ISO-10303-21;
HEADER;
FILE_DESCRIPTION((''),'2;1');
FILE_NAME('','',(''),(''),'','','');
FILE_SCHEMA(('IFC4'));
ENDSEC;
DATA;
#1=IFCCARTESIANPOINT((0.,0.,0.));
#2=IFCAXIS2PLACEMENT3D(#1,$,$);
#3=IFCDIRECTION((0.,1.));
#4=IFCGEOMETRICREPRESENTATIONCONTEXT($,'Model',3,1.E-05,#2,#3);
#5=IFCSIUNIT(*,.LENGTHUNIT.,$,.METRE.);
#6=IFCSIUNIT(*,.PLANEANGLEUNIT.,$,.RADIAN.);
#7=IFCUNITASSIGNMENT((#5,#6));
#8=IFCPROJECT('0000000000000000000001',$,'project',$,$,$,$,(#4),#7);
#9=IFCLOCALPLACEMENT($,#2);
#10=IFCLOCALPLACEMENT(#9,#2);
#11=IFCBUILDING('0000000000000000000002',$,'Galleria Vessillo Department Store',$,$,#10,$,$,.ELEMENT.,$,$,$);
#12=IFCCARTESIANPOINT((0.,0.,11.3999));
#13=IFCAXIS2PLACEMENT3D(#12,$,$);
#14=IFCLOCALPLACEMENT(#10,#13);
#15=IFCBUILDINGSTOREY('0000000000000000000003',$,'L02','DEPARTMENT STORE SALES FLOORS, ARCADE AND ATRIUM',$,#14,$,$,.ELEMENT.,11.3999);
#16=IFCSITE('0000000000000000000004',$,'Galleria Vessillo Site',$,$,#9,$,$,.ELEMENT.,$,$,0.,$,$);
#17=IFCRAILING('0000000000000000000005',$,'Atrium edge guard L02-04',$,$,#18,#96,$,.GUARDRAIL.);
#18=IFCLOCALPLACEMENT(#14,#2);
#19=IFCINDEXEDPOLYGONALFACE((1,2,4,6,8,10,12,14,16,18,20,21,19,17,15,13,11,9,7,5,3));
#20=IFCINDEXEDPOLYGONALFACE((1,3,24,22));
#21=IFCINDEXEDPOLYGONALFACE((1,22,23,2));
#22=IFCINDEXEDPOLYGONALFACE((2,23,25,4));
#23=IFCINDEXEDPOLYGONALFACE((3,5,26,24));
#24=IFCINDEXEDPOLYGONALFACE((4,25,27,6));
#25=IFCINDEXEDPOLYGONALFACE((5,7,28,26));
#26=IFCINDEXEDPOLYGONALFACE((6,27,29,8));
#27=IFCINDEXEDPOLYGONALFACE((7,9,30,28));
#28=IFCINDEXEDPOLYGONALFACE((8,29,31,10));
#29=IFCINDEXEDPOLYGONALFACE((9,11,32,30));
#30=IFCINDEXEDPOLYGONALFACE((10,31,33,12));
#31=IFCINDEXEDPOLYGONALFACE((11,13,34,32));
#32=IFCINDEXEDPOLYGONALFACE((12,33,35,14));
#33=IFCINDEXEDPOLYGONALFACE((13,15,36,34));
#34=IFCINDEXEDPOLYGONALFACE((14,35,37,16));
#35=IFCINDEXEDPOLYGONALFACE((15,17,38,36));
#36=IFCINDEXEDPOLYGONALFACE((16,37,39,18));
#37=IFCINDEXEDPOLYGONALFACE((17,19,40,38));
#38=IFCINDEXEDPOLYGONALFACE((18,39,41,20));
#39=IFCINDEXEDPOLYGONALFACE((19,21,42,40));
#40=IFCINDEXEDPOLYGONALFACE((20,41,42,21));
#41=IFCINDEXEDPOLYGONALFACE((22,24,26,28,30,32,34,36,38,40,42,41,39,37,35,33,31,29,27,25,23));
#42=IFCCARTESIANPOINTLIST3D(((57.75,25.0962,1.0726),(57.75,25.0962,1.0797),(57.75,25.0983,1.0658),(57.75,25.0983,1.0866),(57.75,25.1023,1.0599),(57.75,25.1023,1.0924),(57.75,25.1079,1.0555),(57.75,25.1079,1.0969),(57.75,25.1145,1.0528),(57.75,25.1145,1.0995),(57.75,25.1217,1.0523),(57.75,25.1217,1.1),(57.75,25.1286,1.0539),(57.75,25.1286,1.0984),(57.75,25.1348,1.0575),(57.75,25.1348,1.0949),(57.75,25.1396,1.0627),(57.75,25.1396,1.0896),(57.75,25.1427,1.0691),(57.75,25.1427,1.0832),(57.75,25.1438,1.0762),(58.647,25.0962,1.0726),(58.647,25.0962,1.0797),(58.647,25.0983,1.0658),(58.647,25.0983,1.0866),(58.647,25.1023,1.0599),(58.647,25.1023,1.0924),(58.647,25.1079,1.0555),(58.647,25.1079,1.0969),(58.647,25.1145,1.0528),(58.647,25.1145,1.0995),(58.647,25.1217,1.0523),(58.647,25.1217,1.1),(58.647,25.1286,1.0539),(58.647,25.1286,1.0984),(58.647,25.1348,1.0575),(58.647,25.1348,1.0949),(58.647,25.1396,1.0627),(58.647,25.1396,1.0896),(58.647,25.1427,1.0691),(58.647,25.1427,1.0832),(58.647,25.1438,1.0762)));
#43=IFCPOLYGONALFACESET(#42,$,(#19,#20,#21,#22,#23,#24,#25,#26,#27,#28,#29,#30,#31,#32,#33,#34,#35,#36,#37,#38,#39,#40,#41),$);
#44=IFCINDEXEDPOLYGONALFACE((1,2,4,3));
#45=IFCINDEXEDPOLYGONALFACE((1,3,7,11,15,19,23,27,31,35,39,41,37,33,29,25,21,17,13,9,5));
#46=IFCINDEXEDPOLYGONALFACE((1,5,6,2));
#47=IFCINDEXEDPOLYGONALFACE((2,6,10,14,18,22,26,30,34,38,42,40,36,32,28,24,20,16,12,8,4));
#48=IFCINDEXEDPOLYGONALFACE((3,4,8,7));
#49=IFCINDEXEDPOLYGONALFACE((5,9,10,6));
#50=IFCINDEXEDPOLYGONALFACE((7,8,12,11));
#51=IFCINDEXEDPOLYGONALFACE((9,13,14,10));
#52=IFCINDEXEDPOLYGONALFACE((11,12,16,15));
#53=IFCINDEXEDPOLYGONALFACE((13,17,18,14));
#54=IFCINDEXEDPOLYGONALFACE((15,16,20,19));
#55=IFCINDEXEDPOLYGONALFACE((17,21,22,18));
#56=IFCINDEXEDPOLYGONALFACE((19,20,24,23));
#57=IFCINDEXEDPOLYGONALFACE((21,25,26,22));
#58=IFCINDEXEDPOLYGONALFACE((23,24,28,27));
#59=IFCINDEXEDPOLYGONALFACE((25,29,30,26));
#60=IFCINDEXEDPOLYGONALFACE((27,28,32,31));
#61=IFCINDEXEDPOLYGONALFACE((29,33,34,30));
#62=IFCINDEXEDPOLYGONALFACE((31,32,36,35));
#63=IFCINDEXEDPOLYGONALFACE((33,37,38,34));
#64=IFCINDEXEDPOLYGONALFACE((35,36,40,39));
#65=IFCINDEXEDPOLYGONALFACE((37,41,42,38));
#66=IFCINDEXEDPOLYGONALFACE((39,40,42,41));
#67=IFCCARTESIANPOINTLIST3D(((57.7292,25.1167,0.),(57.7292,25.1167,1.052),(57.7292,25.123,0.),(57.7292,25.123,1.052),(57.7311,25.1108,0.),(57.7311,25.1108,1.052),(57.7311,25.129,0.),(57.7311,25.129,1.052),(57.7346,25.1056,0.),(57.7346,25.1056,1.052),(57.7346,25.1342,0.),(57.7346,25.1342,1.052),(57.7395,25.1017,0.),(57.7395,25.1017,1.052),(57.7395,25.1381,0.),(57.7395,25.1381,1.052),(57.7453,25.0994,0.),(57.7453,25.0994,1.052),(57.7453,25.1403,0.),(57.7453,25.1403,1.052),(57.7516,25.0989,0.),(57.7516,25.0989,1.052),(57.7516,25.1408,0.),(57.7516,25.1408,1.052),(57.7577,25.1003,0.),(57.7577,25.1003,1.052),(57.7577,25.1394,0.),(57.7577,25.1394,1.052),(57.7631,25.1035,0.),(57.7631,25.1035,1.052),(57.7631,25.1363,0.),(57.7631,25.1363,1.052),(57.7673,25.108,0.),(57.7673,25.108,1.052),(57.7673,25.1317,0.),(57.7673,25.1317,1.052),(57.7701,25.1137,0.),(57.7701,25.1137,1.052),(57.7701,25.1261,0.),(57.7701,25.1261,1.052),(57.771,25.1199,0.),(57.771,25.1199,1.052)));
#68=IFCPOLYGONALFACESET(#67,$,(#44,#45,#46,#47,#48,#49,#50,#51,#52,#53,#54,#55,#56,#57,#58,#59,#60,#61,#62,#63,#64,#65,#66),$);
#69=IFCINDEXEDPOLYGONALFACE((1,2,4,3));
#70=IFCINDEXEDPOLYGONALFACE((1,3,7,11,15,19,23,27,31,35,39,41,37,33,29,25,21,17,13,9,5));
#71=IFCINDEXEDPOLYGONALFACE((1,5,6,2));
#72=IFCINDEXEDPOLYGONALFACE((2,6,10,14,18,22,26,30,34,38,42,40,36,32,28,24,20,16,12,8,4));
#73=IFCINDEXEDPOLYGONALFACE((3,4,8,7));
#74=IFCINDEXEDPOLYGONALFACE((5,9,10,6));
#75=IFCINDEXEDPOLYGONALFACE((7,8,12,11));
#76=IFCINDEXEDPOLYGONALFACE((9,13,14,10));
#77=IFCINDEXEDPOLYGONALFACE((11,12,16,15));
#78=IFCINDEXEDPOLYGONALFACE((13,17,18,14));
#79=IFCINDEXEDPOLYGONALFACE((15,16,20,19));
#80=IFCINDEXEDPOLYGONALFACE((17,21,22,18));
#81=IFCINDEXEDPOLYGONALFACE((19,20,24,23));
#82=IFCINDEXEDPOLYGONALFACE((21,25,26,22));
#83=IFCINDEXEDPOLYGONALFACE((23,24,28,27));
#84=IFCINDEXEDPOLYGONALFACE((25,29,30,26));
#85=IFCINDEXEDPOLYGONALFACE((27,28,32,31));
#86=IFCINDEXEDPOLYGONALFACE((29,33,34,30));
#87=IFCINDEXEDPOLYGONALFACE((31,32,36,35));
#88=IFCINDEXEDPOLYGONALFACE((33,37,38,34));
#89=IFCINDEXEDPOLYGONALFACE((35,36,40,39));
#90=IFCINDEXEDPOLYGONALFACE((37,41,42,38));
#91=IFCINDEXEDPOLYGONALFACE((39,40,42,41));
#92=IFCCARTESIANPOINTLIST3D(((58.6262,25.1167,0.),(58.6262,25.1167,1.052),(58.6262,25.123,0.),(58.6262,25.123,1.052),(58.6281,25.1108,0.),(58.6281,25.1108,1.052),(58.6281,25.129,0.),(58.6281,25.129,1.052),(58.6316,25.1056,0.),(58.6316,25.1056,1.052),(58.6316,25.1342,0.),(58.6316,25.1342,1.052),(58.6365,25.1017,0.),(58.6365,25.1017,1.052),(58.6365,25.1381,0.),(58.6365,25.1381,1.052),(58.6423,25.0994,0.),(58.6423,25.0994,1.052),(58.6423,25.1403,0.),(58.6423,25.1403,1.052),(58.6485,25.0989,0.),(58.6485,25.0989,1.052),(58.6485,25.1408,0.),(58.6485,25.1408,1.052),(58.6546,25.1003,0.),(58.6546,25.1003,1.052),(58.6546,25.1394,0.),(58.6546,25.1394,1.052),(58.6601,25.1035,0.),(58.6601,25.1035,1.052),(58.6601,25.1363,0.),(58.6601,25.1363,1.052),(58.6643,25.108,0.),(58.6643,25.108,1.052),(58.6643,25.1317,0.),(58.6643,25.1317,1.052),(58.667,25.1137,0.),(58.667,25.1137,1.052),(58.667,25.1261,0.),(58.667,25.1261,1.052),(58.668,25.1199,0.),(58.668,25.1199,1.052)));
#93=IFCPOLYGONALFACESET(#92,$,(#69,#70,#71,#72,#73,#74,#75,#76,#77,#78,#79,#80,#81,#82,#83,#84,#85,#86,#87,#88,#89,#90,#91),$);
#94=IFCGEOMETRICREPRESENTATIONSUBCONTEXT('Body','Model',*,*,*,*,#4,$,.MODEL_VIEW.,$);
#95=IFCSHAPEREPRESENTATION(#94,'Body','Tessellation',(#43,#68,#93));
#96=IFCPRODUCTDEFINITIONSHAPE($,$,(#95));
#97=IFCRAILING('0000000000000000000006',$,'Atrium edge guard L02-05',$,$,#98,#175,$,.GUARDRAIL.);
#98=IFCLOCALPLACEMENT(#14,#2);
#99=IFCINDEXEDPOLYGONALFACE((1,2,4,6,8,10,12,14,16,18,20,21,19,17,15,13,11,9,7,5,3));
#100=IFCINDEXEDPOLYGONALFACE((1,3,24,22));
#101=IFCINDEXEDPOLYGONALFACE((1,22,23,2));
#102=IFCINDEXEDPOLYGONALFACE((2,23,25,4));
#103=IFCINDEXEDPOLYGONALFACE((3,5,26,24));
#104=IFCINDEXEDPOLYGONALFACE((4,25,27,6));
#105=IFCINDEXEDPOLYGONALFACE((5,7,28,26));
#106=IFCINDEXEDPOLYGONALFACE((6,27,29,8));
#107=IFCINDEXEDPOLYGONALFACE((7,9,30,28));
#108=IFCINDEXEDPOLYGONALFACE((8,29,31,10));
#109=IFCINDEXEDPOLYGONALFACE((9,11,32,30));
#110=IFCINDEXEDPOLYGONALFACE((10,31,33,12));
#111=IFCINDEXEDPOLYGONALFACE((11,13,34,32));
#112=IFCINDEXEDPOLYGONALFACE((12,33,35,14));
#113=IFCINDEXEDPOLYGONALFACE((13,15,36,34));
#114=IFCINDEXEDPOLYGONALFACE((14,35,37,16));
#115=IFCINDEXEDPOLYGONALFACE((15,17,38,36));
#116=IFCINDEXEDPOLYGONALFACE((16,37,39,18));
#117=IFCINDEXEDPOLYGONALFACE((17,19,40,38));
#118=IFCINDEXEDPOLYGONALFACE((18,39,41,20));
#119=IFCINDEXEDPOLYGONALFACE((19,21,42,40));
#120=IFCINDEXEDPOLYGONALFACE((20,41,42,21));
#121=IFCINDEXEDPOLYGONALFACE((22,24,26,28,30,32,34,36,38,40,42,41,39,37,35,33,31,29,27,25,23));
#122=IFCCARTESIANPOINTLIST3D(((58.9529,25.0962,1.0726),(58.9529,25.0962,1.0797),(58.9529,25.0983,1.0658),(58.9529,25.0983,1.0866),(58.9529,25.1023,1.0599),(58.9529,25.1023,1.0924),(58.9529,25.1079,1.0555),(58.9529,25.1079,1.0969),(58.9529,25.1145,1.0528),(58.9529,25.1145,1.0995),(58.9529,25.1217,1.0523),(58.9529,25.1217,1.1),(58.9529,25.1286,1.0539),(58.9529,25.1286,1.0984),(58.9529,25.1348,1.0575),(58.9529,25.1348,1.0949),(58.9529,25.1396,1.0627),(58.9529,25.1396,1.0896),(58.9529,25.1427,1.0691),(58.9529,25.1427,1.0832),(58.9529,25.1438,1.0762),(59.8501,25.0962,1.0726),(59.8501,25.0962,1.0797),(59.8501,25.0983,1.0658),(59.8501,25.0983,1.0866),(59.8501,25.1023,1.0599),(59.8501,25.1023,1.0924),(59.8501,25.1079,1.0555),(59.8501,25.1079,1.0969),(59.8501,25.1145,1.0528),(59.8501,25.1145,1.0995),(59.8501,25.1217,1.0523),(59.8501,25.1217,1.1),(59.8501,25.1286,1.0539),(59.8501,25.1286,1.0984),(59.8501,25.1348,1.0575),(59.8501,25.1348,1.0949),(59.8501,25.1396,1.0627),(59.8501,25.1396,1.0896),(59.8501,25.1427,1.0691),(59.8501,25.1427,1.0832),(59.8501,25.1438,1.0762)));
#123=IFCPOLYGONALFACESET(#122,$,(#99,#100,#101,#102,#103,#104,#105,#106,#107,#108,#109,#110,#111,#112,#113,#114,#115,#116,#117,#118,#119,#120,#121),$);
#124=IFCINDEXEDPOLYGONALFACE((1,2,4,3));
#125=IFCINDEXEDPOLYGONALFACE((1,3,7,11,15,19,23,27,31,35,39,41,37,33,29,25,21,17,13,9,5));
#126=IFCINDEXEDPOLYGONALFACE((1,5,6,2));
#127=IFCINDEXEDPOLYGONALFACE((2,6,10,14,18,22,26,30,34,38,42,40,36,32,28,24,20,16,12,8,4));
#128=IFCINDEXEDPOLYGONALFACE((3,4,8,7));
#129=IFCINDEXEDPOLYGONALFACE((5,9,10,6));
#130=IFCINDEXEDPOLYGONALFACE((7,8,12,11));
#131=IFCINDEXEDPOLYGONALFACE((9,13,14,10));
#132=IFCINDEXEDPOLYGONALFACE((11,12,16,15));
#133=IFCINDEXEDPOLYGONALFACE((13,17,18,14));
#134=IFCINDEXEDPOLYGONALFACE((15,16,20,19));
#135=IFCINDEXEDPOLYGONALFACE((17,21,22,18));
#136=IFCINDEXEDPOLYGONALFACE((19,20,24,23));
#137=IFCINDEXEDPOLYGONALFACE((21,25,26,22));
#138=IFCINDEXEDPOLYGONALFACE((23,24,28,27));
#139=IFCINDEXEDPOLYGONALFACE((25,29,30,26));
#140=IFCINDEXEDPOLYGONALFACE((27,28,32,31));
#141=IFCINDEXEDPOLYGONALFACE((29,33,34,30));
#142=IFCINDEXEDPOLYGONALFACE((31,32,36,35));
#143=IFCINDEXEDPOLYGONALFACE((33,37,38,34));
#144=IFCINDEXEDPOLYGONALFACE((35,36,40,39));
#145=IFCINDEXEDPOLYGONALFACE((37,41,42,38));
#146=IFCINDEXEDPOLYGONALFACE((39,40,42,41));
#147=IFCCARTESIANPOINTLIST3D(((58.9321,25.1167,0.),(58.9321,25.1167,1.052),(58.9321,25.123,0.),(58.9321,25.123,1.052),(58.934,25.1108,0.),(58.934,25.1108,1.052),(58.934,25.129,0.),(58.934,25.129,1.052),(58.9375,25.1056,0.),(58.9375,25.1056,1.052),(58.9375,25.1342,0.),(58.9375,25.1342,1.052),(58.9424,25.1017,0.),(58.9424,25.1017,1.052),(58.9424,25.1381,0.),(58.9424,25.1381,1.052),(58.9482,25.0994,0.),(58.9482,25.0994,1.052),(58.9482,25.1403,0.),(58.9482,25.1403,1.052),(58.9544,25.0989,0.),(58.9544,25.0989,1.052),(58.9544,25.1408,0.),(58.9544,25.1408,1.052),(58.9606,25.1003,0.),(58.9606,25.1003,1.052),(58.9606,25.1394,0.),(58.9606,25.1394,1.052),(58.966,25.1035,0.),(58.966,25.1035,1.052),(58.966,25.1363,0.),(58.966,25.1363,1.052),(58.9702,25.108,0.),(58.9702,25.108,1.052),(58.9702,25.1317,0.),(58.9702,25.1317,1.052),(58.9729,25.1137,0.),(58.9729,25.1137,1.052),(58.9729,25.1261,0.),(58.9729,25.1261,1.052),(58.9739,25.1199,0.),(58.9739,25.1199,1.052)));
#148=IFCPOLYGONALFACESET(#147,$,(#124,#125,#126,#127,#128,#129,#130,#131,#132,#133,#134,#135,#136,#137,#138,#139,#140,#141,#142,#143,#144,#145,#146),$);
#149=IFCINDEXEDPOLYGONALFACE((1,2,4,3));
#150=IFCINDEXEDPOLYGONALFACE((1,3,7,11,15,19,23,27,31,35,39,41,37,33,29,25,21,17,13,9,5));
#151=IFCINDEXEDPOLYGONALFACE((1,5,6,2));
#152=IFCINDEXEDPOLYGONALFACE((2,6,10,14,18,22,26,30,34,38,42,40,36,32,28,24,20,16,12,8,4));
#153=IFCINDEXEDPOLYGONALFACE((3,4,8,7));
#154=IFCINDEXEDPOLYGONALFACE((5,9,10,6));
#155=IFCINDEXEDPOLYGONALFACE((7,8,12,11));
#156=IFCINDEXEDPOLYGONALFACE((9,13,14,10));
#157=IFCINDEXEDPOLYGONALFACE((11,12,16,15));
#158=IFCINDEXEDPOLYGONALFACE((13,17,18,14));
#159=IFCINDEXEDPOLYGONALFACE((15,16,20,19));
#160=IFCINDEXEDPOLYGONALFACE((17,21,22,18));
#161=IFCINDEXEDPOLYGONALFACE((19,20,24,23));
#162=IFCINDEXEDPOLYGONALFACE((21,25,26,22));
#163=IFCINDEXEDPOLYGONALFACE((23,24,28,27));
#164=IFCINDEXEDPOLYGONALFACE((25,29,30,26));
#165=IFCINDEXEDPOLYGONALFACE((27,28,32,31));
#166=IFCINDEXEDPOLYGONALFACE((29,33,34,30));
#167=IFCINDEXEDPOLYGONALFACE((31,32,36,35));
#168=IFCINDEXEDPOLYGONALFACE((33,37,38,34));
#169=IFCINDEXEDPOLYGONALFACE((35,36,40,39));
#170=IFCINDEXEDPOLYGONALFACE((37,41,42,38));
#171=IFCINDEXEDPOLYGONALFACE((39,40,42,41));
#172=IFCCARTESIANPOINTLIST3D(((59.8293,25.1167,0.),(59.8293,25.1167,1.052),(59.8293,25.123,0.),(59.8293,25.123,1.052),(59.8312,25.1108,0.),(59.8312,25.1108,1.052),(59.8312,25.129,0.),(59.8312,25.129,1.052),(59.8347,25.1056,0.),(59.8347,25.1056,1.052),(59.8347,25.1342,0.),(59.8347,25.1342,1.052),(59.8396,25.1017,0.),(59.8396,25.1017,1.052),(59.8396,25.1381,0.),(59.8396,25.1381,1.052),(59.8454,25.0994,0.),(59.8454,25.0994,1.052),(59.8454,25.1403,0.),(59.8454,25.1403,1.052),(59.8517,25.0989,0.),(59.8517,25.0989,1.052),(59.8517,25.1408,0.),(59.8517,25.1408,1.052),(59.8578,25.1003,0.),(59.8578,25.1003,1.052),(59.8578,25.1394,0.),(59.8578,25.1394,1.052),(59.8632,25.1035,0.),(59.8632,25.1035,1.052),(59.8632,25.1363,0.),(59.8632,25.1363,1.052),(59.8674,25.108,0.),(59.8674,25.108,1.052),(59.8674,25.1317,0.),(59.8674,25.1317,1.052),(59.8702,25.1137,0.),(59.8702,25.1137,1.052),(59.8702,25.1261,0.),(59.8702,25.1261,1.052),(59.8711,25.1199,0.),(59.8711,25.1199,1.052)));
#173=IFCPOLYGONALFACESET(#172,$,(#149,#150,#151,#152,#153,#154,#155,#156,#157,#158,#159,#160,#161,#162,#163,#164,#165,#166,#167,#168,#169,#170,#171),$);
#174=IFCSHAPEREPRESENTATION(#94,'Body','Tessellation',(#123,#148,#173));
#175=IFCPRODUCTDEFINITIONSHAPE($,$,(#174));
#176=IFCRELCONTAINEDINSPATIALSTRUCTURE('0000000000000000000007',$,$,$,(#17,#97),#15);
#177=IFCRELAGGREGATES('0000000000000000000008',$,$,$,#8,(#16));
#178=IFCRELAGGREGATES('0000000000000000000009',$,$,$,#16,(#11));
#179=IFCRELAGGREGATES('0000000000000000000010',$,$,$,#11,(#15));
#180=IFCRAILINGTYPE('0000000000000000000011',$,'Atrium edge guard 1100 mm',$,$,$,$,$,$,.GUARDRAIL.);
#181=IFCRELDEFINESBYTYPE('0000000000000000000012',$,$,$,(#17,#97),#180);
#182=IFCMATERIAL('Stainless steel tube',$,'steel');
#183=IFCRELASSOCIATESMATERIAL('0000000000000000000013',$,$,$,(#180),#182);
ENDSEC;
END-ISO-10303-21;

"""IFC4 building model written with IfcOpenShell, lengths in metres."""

from ifc_helpers import new_model, si_unit, direction, frame, origin, origin_2d, place, context, subcontext, project, spatial, circle, extrude, material, type_object, element, save


model = new_model("IFC4")

# Units and contexts
model_context = context("Model", 3, precision=1e-05, world=origin(), true_north=direction((0.0, 1.0)))
body_context = subcontext(model_context, "Body", "Model", "MODEL_VIEW")
ifc_project = project(units=[si_unit("LENGTHUNIT", "METRE"), si_unit("PLANEANGLEUNIT", "RADIAN")], contexts=[model_context])

# Site, building, storey
site_placement = place(None, origin())
site = spatial("IfcSite", under=ifc_project, at=site_placement, Name="Galleria Vessillo Site", CompositionType="ELEMENT", RefElevation=0.0)
building_placement = place(site_placement, origin())
building = spatial("IfcBuilding", under=site, at=building_placement, Name="Galleria Vessillo Department Store", CompositionType="ELEMENT")
storey_placement = place(building_placement, frame((0.0, 0.0, 11.3999)))
storey = spatial("IfcBuildingStorey", under=building, at=storey_placement, Name="L02", Description="DEPARTMENT STORE SALES FLOORS, ARCADE AND ATRIUM", CompositionType="ELEMENT", Elevation=11.3999)

# Railings
ifc_material_1 = material(Name="Stainless steel tube", Category="steel")
railing_type_1 = type_object("IfcRailingType", Name="Atrium edge guard 1100 mm", PredefinedType="GUARDRAIL", material=ifc_material_1)
railing_1_placement = place(storey_placement, frame((57.75, 25.1199, 0.0)))
element("IfcRailing", 1, at=railing_1_placement, inside=storey, type_object=railing_type_1, Name="Atrium edge guard L02-04", PredefinedType="GUARDRAIL", context=body_context, shape_type="SweptSolid", body=[
    extrude(circle(Radius=0.0239, at=origin_2d()), frame((0.0, 0.0, 1.0762), z_axis=(1.0, 0.0, 0.0), x_axis=(0.0, 1.0, 0.0)), (0.0, 0.0, 1.0), 0.897),
    extrude(circle(Radius=0.021, at=origin_2d()), origin(), (0.0, 0.0, 1.0), 1.052),
    extrude(circle(Radius=0.021, at=origin_2d()), frame((0.897, 0.0, 0.0)), (0.0, 0.0, 1.0), 1.052),
])
railing_2_placement = place(storey_placement, frame((58.9529, 25.1199, 0.0)))
element("IfcRailing", 2, at=railing_2_placement, inside=storey, type_object=railing_type_1, Name="Atrium edge guard L02-05", PredefinedType="GUARDRAIL", context=body_context, shape_type="SweptSolid", body=[
    extrude(circle(Radius=0.0239, at=origin_2d()), frame((0.0, 0.0, 1.0762), z_axis=(1.0, 0.0, 0.0), x_axis=(0.0, 1.0, 0.0)), (0.0, 0.0, 1.0), 0.8972),
    extrude(circle(Radius=0.021, at=origin_2d()), origin(), (0.0, 0.0, 1.0), 1.052),
    extrude(circle(Radius=0.021, at=origin_2d()), frame((0.8972, 0.0, 0.0)), (0.0, 0.0, 1.0), 1.052),
])

save(model, "model.ifc")
